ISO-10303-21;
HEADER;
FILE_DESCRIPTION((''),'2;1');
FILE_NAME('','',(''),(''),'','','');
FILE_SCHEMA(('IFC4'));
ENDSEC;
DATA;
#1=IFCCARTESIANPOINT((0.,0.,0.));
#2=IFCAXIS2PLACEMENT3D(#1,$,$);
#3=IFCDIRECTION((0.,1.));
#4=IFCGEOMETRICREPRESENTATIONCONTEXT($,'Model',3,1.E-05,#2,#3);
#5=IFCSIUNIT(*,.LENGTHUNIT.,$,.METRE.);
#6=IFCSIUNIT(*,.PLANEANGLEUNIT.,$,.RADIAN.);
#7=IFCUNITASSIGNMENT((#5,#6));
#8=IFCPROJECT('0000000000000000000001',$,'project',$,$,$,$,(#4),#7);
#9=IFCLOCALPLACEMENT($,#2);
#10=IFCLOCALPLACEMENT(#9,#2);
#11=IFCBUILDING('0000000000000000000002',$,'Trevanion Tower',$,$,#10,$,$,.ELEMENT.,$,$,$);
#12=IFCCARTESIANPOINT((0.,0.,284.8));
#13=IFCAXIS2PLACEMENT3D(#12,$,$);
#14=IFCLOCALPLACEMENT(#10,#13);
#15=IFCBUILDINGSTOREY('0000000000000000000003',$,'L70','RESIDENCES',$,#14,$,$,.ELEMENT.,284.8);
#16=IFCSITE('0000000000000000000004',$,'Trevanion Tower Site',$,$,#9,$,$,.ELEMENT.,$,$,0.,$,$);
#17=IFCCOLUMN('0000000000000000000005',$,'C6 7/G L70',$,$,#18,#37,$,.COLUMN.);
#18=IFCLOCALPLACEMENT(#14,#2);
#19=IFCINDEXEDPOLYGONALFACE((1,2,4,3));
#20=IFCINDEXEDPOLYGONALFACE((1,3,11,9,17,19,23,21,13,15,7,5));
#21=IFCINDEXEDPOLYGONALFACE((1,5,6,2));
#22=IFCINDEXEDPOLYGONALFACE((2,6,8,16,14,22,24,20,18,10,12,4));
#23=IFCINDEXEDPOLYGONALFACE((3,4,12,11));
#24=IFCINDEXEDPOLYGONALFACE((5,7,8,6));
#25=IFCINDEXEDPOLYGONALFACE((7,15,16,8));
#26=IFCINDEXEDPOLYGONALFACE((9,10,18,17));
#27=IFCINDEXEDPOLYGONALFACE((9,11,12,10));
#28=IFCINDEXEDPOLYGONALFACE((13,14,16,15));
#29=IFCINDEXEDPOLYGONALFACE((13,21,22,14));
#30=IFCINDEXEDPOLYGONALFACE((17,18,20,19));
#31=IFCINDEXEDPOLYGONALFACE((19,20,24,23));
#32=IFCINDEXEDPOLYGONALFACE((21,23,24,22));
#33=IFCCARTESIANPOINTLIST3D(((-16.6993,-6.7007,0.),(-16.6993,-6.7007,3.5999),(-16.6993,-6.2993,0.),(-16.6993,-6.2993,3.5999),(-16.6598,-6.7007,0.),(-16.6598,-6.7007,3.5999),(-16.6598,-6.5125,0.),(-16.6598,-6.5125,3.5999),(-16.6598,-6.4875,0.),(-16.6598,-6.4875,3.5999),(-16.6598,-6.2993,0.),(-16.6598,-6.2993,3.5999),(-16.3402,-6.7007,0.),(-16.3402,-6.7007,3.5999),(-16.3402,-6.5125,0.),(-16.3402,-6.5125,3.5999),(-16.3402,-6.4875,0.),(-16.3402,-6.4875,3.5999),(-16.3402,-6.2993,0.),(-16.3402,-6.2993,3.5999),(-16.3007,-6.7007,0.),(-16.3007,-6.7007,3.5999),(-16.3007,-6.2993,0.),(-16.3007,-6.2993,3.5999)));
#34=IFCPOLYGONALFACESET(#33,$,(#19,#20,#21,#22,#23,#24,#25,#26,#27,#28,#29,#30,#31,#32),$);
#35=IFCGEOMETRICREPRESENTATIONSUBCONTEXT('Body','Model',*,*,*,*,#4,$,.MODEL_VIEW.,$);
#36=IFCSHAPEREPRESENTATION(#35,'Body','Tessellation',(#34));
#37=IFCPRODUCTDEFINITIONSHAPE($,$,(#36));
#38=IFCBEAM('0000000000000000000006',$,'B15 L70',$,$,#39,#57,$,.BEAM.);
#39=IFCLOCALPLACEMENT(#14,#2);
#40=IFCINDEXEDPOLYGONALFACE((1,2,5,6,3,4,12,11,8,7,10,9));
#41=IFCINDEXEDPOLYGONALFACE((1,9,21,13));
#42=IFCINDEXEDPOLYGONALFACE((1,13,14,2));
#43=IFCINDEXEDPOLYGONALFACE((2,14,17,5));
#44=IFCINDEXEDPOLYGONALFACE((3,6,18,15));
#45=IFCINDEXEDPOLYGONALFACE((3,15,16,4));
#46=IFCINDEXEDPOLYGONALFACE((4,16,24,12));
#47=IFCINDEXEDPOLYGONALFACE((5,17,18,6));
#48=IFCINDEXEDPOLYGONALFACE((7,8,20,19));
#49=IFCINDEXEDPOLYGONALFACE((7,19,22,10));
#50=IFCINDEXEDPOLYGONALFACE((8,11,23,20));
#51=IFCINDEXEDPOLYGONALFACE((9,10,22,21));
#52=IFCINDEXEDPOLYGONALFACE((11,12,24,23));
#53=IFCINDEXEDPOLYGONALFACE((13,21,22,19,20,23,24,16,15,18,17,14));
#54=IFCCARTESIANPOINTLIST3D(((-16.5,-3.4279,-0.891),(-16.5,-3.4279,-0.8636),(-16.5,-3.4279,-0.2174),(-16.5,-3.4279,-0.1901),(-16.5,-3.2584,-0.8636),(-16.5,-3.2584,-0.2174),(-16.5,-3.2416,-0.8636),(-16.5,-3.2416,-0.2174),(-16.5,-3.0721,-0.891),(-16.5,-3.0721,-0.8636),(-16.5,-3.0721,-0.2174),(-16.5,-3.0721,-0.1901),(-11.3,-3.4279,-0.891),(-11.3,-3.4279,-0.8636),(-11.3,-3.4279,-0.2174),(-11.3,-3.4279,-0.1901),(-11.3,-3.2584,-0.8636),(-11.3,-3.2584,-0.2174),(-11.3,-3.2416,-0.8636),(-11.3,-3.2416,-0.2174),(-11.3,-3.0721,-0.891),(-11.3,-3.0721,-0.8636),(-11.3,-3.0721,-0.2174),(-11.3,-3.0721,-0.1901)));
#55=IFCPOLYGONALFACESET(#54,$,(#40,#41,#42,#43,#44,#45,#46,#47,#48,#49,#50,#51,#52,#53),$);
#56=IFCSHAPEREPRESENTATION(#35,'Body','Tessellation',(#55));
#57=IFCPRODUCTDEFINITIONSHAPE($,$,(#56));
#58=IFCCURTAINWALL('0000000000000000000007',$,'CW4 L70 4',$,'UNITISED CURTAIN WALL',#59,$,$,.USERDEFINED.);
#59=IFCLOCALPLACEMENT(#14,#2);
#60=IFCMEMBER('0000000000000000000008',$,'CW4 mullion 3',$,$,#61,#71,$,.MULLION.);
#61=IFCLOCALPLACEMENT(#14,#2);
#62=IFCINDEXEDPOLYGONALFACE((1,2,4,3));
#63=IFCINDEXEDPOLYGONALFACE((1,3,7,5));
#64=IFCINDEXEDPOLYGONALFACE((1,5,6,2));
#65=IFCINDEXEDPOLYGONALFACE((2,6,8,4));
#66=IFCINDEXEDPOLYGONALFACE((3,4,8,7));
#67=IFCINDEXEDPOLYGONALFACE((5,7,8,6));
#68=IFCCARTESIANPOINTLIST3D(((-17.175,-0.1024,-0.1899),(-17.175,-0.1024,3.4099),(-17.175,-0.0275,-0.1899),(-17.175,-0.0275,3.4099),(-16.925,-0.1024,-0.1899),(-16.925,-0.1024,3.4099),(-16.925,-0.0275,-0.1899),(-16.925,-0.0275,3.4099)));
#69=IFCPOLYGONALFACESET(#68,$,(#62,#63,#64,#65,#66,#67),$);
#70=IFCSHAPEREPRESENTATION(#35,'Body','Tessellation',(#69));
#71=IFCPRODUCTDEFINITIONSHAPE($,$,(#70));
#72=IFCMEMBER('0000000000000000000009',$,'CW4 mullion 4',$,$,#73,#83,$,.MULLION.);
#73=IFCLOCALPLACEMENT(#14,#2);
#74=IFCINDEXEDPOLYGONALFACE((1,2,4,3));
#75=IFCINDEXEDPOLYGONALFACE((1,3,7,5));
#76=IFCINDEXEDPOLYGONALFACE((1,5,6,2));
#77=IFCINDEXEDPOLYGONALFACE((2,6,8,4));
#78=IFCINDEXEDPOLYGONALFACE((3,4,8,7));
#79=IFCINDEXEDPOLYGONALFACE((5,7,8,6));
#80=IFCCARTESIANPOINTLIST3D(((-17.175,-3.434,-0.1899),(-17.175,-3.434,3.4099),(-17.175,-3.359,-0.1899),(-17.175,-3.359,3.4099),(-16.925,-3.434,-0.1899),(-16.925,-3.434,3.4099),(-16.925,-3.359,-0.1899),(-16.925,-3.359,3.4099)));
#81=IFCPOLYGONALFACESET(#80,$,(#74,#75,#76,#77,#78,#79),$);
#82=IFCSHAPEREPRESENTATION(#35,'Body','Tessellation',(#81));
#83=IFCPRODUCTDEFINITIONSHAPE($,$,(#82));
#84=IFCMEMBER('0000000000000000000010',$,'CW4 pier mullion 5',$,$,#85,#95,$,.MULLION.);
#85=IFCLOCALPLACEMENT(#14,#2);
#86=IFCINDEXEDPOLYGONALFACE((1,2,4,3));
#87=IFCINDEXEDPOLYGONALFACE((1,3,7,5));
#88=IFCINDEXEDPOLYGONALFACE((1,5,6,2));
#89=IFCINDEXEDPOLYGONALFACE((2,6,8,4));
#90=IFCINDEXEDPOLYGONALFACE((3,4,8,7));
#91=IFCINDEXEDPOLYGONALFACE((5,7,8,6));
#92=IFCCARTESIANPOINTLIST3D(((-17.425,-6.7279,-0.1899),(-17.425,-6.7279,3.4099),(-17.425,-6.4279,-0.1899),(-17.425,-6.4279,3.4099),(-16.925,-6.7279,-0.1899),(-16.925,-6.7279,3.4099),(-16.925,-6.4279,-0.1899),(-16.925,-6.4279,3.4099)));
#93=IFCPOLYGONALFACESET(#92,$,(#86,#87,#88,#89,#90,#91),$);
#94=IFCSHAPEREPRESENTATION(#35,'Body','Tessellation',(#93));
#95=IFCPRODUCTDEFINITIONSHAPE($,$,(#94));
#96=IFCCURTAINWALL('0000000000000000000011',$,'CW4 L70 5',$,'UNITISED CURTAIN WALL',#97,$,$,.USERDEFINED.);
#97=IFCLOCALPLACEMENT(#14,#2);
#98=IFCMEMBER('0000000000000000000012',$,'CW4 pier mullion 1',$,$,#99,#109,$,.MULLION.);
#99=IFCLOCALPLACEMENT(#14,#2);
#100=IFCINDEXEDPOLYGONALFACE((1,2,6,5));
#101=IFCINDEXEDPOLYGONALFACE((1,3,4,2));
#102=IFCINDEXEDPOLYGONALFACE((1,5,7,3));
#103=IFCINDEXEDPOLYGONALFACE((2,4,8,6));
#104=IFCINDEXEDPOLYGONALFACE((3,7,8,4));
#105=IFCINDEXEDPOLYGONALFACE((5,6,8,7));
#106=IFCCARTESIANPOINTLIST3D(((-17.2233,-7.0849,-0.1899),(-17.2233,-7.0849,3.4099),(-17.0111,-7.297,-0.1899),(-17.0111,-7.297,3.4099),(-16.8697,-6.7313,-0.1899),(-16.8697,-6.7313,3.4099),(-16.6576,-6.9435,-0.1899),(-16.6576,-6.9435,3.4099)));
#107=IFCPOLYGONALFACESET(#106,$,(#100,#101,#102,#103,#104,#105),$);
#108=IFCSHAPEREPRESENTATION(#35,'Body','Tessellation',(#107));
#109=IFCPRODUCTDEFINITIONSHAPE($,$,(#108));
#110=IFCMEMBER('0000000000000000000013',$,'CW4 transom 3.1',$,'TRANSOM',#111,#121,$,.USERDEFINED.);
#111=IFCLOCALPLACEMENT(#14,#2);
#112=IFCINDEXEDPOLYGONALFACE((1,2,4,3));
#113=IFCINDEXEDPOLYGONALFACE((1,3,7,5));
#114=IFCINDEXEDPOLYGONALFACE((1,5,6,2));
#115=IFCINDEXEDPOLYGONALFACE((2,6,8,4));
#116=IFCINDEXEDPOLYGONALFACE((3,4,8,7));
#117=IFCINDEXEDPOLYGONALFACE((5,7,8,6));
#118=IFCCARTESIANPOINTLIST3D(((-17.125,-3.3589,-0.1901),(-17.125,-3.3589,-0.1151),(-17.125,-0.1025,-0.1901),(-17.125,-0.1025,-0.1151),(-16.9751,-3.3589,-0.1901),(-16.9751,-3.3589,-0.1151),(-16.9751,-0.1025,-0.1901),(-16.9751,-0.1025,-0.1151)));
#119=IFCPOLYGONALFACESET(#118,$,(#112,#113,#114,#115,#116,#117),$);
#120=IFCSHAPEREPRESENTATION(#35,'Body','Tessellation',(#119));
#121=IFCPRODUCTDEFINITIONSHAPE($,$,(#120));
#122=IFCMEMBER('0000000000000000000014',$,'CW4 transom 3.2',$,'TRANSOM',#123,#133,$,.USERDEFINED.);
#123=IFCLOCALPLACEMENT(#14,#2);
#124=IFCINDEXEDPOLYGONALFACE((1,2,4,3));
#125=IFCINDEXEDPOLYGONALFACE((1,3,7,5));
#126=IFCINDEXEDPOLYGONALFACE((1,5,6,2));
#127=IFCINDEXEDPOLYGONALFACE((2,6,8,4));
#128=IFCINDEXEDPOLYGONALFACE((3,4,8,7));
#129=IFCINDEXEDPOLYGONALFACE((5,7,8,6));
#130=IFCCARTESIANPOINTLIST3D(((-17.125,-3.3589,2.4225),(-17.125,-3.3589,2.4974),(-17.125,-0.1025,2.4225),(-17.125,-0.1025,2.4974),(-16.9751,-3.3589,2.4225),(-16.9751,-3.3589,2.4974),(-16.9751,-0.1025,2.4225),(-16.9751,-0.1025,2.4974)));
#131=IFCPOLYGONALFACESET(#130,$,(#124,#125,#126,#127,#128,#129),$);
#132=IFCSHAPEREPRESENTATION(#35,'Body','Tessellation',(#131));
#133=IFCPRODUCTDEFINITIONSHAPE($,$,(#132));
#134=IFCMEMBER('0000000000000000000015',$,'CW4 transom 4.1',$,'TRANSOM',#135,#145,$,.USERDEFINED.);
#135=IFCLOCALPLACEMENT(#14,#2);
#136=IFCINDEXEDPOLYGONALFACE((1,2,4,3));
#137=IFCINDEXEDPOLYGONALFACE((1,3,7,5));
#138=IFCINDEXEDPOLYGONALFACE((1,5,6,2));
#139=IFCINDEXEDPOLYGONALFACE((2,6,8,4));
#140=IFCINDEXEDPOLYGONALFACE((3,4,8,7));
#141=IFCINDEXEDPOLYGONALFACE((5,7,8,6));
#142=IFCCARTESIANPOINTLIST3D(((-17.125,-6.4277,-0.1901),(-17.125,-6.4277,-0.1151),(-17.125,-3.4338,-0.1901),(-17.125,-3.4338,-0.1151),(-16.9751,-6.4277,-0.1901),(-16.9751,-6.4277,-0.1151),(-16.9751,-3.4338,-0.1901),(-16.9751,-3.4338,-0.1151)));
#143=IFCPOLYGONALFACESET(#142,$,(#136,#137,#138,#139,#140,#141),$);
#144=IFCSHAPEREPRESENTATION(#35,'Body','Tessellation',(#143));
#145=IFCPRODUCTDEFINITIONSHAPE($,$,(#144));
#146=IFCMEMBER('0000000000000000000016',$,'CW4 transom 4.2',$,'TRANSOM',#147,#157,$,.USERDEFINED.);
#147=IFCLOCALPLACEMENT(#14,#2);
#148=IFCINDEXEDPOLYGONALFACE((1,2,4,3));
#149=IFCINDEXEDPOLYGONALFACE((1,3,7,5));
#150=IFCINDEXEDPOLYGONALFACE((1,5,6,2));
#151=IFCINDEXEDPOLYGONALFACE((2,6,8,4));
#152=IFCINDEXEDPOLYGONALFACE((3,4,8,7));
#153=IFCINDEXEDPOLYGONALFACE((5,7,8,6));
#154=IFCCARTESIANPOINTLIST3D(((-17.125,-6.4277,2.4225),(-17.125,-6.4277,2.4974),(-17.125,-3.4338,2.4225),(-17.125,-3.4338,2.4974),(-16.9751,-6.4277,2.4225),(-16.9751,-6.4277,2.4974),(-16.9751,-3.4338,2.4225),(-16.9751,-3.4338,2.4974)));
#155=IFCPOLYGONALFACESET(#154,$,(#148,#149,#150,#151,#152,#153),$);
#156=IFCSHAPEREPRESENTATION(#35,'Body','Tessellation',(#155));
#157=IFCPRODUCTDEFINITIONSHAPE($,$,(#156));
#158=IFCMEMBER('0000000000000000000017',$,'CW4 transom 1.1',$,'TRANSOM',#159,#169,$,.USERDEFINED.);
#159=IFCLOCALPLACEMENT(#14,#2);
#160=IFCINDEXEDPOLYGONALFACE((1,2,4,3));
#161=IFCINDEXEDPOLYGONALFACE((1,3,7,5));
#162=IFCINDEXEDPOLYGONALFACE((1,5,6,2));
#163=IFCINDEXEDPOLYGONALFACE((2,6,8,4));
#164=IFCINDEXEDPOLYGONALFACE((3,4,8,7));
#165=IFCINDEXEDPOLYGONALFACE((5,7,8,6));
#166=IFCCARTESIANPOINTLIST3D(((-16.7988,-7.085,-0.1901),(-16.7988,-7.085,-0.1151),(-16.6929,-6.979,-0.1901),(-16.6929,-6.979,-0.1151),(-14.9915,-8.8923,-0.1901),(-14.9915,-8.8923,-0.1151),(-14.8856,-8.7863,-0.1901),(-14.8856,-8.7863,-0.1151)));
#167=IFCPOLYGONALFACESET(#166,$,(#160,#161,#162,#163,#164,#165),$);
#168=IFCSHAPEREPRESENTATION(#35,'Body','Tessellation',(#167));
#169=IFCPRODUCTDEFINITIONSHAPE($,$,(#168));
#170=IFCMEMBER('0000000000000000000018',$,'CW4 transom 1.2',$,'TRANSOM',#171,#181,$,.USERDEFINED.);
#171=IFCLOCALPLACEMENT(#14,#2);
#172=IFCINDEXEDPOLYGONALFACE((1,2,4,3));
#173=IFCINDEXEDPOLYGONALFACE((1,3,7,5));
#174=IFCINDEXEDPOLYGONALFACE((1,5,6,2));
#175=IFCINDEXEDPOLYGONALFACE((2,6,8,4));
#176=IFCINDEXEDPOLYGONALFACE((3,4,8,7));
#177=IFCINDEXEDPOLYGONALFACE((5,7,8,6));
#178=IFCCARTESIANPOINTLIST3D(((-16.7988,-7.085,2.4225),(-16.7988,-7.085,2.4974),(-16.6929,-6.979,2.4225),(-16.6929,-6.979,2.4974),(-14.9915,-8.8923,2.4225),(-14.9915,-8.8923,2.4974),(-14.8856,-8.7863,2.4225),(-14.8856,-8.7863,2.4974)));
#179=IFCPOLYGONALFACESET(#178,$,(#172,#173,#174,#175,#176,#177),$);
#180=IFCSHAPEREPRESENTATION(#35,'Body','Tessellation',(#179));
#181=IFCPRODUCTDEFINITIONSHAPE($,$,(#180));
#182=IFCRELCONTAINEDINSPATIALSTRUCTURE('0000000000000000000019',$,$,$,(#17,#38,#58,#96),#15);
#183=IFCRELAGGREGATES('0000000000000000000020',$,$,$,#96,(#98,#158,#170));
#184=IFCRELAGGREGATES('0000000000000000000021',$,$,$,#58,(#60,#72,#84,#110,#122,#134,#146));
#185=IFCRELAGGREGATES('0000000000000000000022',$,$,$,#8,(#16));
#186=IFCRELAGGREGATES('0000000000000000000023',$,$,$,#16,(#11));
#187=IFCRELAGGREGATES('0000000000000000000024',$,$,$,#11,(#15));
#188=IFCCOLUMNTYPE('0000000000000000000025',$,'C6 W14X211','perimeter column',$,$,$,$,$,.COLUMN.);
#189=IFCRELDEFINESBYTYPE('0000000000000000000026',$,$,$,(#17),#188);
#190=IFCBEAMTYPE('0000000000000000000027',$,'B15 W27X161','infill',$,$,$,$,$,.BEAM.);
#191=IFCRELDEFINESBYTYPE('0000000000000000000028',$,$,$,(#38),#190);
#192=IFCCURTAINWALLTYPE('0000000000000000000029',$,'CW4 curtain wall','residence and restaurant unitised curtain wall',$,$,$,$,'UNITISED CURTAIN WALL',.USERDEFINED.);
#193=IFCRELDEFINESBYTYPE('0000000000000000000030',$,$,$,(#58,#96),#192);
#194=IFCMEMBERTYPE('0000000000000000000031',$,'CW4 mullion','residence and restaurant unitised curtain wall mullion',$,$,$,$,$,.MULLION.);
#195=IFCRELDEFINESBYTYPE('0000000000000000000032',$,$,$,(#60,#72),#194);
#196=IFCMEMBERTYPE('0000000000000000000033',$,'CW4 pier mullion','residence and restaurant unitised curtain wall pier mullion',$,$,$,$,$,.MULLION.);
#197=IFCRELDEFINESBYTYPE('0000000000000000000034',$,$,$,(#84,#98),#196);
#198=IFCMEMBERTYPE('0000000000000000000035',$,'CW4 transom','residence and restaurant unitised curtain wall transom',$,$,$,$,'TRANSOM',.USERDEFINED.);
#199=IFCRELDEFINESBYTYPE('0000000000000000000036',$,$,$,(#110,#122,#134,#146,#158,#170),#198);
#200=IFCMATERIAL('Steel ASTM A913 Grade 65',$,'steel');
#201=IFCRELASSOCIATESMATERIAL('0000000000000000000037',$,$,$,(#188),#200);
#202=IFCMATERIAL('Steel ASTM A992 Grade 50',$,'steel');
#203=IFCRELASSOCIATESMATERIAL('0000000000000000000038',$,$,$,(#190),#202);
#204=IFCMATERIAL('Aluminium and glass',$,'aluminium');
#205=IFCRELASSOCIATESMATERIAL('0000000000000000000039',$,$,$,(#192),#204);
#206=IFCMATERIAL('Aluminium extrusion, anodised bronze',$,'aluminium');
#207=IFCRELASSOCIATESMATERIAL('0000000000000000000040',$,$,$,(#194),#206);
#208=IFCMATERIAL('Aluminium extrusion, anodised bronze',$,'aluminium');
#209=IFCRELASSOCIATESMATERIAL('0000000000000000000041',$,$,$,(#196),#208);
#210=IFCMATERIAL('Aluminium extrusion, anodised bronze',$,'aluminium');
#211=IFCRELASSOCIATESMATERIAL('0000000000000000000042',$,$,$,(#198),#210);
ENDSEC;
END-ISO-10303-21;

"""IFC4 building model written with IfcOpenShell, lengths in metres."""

from ifc_helpers import new_model, si_unit, direction, frame, origin, origin_2d, place, context, subcontext, project, spatial, rectangle, i_section, extrude, material, material_profile, profile_set, type_object, element, aggregate, save


model = new_model("IFC4")

# Units and contexts
model_context = context("Model", 3, precision=1e-05, world=origin(), true_north=direction((0.0, 1.0)))
body_context = subcontext(model_context, "Body", "Model", "MODEL_VIEW")
ifc_project = project(units=[si_unit("LENGTHUNIT", "METRE"), si_unit("PLANEANGLEUNIT", "RADIAN")], contexts=[model_context])

# Site, building, storey
site_placement = place(None, origin())
site = spatial("IfcSite", under=ifc_project, at=site_placement, Name="Trevanion Tower Site", CompositionType="ELEMENT", RefElevation=0.0)
building_placement = place(site_placement, origin())
building = spatial("IfcBuilding", under=site, at=building_placement, Name="Trevanion Tower", CompositionType="ELEMENT")
storey_placement = place(building_placement, frame((0.0, 0.0, 284.8)))
storey = spatial("IfcBuildingStorey", under=building, at=storey_placement, Name="L70", Description="RESIDENCES", CompositionType="ELEMENT", Elevation=284.8)

# Column
ifc_material_1 = material(Name="Steel ASTM A913 Grade 65", Category="steel")
ifc_material_profile_1 = material_profile(ifc_material_1, i_section(OverallWidth=0.4014, OverallDepth=0.3987, WebThickness=0.0249, FlangeThickness=0.0396, at=origin_2d()), Name="W14X211")
ifc_profile_set_1 = profile_set([ifc_material_profile_1], Name="Steel ASTM A913 Grade 65")
column_type = type_object("IfcColumnType", Name="C6 W14X211", Description="perimeter column", PredefinedType="COLUMN", material=ifc_profile_set_1)
column_placement = place(storey_placement, frame((-16.5, -6.5, 0.0), z_axis=(0.0, 0.0, 1.0), x_axis=(0.0, 1.0, 0.0)))
element("IfcColumn", 1, at=column_placement, inside=storey, type_object=column_type, Name="C6 7/G L70", PredefinedType="COLUMN", context=body_context, shape_type="SweptSolid", body=[
    extrude(i_section(OverallWidth=0.4014, OverallDepth=0.3987, WebThickness=0.0249, FlangeThickness=0.0396, at=origin_2d()), origin(), (0.0, 0.0, 1.0), 3.5999),
])

# Beam
ifc_material_2 = material(Name="Steel ASTM A992 Grade 50", Category="steel")
ifc_material_profile_2 = material_profile(ifc_material_2, i_section(OverallWidth=0.3557, OverallDepth=0.7009, WebThickness=0.0168, FlangeThickness=0.0273, at=origin_2d()), Name="W27X161")
ifc_profile_set_2 = profile_set([ifc_material_profile_2], Name="Steel ASTM A992 Grade 50")
beam_type_1 = type_object("IfcBeamType", Name="B15 W27X161", Description="infill", PredefinedType="BEAM", material=ifc_profile_set_2)
beam_1_placement = place(storey_placement, frame((-11.3, -3.25, -0.5405), z_axis=(-1.0, 0.0, 0.0), x_axis=(0.0, -1.0, 0.0)))
element("IfcBeam", 2, at=beam_1_placement, inside=storey, type_object=beam_type_1, Name="B15 L70", PredefinedType="BEAM", context=body_context, shape_type="SweptSolid", body=[
    extrude(i_section(OverallWidth=0.3557, OverallDepth=0.7009, WebThickness=0.0168, FlangeThickness=0.0273, at=origin_2d()), origin(), (0.0, 0.0, 1.0), 5.2),
])

# Curtain wall, members
ifc_material_3 = material(Name="Aluminium and glass", Category="aluminium")
curtain_wall_type = type_object("IfcCurtainWallType", Name="CW4 curtain wall", Description="residence and restaurant unitised curtain wall", ElementType="UNITISED CURTAIN WALL", PredefinedType="USERDEFINED", material=ifc_material_3)
curtain_wall_1_placement = place(storey_placement, origin())
curtain_wall_1 = element("IfcCurtainWall", 3, at=curtain_wall_1_placement, inside=storey, type_object=curtain_wall_type, Name="CW4 L70 4", ObjectType="UNITISED CURTAIN WALL", PredefinedType="USERDEFINED")
ifc_material_4 = material(Name="Aluminium extrusion, anodised bronze", Category="aluminium")
ifc_material_profile_3 = material_profile(ifc_material_4, rectangle(XDim=0.075, YDim=0.25, at=origin_2d()), Name="CW4 mullion")
ifc_profile_set_3 = profile_set([ifc_material_profile_3], Name="Aluminium extrusion, anodised bronze")
member_type_1 = type_object("IfcMemberType", Name="CW4 mullion", Description="residence and restaurant unitised curtain wall mullion", PredefinedType="MULLION", material=ifc_profile_set_3)
member_1_placement = place(storey_placement, frame((-17.05, -0.0649, -0.1899), z_axis=(0.0, 0.0, 1.0), x_axis=(0.0, -1.0, 0.0)))
member_1 = element("IfcMember", 4, at=member_1_placement, type_object=member_type_1, Name="CW4 mullion 3", PredefinedType="MULLION", context=body_context, shape_type="SweptSolid", body=[
    extrude(rectangle(XDim=0.075, YDim=0.25, at=origin_2d()), origin(), (0.0, 0.0, 1.0), 3.5999),
])
member_2_placement = place(storey_placement, frame((-17.05, -3.3965, -0.1899), z_axis=(0.0, 0.0, 1.0), x_axis=(0.0, -1.0, 0.0)))
member_2 = element("IfcMember", 5, at=member_2_placement, type_object=member_type_1, Name="CW4 mullion 4", PredefinedType="MULLION", context=body_context, shape_type="SweptSolid", body=[
    extrude(rectangle(XDim=0.075, YDim=0.25, at=origin_2d()), origin(), (0.0, 0.0, 1.0), 3.5999),
])
ifc_material_5 = material(Name="Aluminium extrusion, anodised bronze", Category="aluminium")
ifc_material_profile_4 = material_profile(ifc_material_5, rectangle(XDim=0.3, YDim=0.5, at=origin_2d()), Name="CW4 pier mullion")
ifc_profile_set_4 = profile_set([ifc_material_profile_4], Name="Aluminium extrusion, anodised bronze")
member_type_2 = type_object("IfcMemberType", Name="CW4 pier mullion", Description="residence and restaurant unitised curtain wall pier mullion", PredefinedType="MULLION", material=ifc_profile_set_4)
member_3_placement = place(storey_placement, frame((-17.175, -6.5779, -0.1899), z_axis=(0.0, 0.0, 1.0), x_axis=(0.0, -1.0, 0.0)))
member_3 = element("IfcMember", 6, at=member_3_placement, type_object=member_type_2, Name="CW4 pier mullion 5", PredefinedType="MULLION", context=body_context, shape_type="SweptSolid", body=[
    extrude(rectangle(XDim=0.3, YDim=0.5, at=origin_2d()), origin(), (0.0, 0.0, 1.0), 3.5999),
])

# Curtain wall, member
curtain_wall_2_placement = place(storey_placement, origin())
curtain_wall_2 = element("IfcCurtainWall", 7, at=curtain_wall_2_placement, inside=storey, type_object=curtain_wall_type, Name="CW4 L70 5", ObjectType="UNITISED CURTAIN WALL", PredefinedType="USERDEFINED")
member_4_placement = place(storey_placement, frame((-16.9404, -7.0142, -0.1899), z_axis=(0.0, 0.0, 1.0), x_axis=(0.707107, -0.707107, 0.0)))
member_4 = element("IfcMember", 8, at=member_4_placement, type_object=member_type_2, Name="CW4 pier mullion 1", PredefinedType="MULLION", context=body_context, shape_type="SweptSolid", body=[
    extrude(rectangle(XDim=0.3, YDim=0.5, at=origin_2d()), origin(), (0.0, 0.0, 1.0), 3.5999),
])

# Members
ifc_material_6 = material(Name="Aluminium extrusion, anodised bronze", Category="aluminium")
ifc_material_profile_5 = material_profile(ifc_material_6, rectangle(XDim=0.1499, YDim=0.075, at=origin_2d()), Name="CW4 transom")
ifc_profile_set_5 = profile_set([ifc_material_profile_5], Name="Aluminium extrusion, anodised bronze")
member_type_3 = type_object("IfcMemberType", Name="CW4 transom", Description="residence and restaurant unitised curtain wall transom", ElementType="TRANSOM", PredefinedType="USERDEFINED", material=ifc_profile_set_5)
member_5_placement = place(storey_placement, frame((-17.05, -0.1025, -0.1526), z_axis=(0.0, -1.0, 0.0), x_axis=(1.0, 0.0, 0.0)))
member_5 = element("IfcMember", 9, at=member_5_placement, type_object=member_type_3, Name="CW4 transom 3.1", ObjectType="TRANSOM", PredefinedType="USERDEFINED", context=body_context, shape_type="SweptSolid", body=[
    extrude(rectangle(XDim=0.1499, YDim=0.075, at=origin_2d()), origin(), (0.0, 0.0, 1.0), 3.2563),
])
member_6_placement = place(storey_placement, frame((-17.05, -0.1025, 2.46), z_axis=(0.0, -1.0, 0.0), x_axis=(1.0, 0.0, 0.0)))
member_6 = element("IfcMember", 10, at=member_6_placement, type_object=member_type_3, Name="CW4 transom 3.2", ObjectType="TRANSOM", PredefinedType="USERDEFINED", context=body_context, shape_type="SweptSolid", body=[
    extrude(rectangle(XDim=0.1499, YDim=0.075, at=origin_2d()), origin(), (0.0, 0.0, 1.0), 3.2563),
])
member_7_placement = place(storey_placement, frame((-17.05, -3.4338, -0.1526), z_axis=(0.0, -1.0, 0.0), x_axis=(1.0, 0.0, 0.0)))
member_7 = element("IfcMember", 11, at=member_7_placement, type_object=member_type_3, Name="CW4 transom 4.1", ObjectType="TRANSOM", PredefinedType="USERDEFINED", context=body_context, shape_type="SweptSolid", body=[
    extrude(rectangle(XDim=0.1499, YDim=0.075, at=origin_2d()), origin(), (0.0, 0.0, 1.0), 2.9939),
])
member_8_placement = place(storey_placement, frame((-17.05, -3.4338, 2.46), z_axis=(0.0, -1.0, 0.0), x_axis=(1.0, 0.0, 0.0)))
member_8 = element("IfcMember", 12, at=member_8_placement, type_object=member_type_3, Name="CW4 transom 4.2", ObjectType="TRANSOM", PredefinedType="USERDEFINED", context=body_context, shape_type="SweptSolid", body=[
    extrude(rectangle(XDim=0.1499, YDim=0.075, at=origin_2d()), origin(), (0.0, 0.0, 1.0), 2.9939),
])
member_9_placement = place(storey_placement, frame((-16.7458, -7.032, -0.1526), z_axis=(0.707107, -0.707107, 0.0), x_axis=(0.707107, 0.707107, 0.0)))
member_9 = element("IfcMember", 13, at=member_9_placement, type_object=member_type_3, Name="CW4 transom 1.1", ObjectType="TRANSOM", PredefinedType="USERDEFINED", context=body_context, shape_type="SweptSolid", body=[
    extrude(rectangle(XDim=0.1499, YDim=0.075, at=origin_2d()), origin(), (0.0, 0.0, 1.0), 2.5559),
])
member_10_placement = place(storey_placement, frame((-16.7458, -7.032, 2.46), z_axis=(0.707107, -0.707107, 0.0), x_axis=(0.707107, 0.707107, 0.0)))
member_10 = element("IfcMember", 14, at=member_10_placement, type_object=member_type_3, Name="CW4 transom 1.2", ObjectType="TRANSOM", PredefinedType="USERDEFINED", context=body_context, shape_type="SweptSolid", body=[
    extrude(rectangle(XDim=0.1499, YDim=0.075, at=origin_2d()), origin(), (0.0, 0.0, 1.0), 2.5559),
])
aggregate(curtain_wall_2, [member_4, member_9, member_10])

aggregate(curtain_wall_1, [member_1, member_2, member_3, member_5, member_6, member_7, member_8])

save(model, "model.ifc")
